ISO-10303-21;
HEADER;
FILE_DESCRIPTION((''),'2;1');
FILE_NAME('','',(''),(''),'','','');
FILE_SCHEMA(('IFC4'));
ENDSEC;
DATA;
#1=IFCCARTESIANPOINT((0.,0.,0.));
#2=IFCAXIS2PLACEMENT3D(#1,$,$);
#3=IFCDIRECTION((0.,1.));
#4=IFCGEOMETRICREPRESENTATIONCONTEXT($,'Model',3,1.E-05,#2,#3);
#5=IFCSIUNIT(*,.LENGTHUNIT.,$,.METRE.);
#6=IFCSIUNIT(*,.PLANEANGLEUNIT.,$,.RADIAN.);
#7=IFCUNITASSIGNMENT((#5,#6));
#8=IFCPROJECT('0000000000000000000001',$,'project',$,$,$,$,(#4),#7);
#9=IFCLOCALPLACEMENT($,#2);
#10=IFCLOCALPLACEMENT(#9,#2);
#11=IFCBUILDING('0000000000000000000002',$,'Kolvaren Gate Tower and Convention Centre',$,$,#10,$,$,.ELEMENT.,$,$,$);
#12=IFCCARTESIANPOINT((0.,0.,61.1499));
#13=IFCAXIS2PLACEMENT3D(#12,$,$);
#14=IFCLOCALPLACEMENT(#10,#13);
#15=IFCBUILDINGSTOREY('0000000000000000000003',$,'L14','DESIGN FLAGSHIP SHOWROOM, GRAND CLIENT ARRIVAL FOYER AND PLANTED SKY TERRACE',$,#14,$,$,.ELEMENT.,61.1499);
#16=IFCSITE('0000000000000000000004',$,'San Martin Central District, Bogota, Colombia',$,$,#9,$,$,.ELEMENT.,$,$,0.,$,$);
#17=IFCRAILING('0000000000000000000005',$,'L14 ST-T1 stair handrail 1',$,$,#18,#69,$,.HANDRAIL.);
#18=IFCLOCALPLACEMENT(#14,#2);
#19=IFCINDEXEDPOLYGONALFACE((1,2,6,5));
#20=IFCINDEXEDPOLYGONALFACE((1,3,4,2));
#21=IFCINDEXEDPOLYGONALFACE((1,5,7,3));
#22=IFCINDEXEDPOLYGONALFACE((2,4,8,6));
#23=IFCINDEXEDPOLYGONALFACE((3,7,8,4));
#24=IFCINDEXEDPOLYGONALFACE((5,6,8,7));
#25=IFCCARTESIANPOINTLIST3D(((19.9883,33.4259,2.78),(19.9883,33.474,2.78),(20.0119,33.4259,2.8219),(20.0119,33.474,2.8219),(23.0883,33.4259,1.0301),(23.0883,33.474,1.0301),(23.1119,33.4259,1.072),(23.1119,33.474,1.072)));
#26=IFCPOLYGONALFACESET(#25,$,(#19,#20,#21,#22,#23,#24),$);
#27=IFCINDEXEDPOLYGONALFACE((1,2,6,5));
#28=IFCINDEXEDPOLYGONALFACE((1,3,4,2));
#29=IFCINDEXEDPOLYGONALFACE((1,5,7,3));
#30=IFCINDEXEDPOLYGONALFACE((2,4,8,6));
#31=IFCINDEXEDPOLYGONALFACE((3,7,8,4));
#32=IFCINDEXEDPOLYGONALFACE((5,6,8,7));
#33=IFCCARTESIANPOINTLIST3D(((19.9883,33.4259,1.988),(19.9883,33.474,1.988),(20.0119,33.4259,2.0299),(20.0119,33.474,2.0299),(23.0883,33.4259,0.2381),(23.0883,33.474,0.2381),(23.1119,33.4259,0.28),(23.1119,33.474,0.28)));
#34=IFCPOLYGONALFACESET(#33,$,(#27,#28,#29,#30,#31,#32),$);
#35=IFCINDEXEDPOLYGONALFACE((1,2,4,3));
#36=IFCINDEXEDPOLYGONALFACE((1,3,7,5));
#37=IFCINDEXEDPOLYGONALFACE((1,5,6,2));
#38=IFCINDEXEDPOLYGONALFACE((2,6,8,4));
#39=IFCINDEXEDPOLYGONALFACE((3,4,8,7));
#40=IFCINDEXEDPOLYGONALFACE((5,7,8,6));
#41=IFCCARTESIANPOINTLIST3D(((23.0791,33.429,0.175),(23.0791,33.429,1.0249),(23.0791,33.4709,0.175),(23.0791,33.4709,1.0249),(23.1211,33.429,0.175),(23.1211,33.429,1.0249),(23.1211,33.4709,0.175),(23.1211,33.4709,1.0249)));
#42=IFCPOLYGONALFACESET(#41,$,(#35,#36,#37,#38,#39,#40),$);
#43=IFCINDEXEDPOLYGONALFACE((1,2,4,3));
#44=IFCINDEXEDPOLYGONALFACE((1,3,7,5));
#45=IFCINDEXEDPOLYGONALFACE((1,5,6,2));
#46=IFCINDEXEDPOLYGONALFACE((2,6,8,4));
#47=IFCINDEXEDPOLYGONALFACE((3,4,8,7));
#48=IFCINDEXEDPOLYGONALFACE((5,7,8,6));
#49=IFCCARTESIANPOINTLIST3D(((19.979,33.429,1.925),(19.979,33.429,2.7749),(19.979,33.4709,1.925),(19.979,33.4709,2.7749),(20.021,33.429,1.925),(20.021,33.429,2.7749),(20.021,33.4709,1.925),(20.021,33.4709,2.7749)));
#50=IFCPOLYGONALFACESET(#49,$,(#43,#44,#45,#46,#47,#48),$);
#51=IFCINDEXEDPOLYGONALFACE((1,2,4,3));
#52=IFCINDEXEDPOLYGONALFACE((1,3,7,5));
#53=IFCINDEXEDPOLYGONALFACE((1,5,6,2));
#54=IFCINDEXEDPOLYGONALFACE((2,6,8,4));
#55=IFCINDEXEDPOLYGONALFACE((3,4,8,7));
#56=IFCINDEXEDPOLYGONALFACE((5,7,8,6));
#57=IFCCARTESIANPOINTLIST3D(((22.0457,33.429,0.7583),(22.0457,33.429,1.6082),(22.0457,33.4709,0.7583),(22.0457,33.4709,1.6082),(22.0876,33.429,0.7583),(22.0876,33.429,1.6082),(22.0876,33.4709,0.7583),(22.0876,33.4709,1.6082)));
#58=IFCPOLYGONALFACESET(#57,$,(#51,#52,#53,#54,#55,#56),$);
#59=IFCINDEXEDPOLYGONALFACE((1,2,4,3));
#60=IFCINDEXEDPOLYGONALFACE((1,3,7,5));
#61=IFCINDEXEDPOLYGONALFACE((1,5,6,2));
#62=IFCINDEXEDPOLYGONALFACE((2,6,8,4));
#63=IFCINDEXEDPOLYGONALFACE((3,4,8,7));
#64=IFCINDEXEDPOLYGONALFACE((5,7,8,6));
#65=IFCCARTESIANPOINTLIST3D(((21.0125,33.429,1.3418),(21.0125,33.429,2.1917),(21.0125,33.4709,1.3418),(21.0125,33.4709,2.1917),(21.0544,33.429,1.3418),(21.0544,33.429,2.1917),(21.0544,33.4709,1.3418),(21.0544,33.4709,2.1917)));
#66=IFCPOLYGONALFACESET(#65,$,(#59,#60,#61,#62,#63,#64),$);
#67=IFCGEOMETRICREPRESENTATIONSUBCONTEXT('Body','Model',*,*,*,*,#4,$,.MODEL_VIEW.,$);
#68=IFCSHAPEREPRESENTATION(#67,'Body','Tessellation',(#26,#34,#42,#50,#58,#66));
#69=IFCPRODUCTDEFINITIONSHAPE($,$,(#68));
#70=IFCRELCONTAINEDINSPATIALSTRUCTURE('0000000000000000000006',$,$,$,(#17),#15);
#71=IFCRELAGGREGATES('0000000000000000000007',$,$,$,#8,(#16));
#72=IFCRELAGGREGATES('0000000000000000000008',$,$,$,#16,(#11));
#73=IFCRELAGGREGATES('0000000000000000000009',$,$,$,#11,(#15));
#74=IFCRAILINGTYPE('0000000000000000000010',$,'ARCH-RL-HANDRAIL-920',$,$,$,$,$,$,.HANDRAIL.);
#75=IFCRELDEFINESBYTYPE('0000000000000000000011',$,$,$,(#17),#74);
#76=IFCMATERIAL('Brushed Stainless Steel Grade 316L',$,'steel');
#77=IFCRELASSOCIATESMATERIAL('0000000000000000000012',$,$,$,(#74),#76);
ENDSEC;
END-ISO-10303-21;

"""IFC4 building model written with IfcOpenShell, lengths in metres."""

from ifc_helpers import new_model, si_unit, direction, frame, origin, origin_2d, place, context, subcontext, project, spatial, rectangle, extrude, material, type_object, element, save


model = new_model("IFC4")

# Units and contexts
model_context = context("Model", 3, precision=1e-05, world=origin(), true_north=direction((0.0, 1.0)))
body_context = subcontext(model_context, "Body", "Model", "MODEL_VIEW")
ifc_project = project(units=[si_unit("LENGTHUNIT", "METRE"), si_unit("PLANEANGLEUNIT", "RADIAN")], contexts=[model_context])

# Site, building, storey
site_placement = place(None, origin())
site = spatial("IfcSite", under=ifc_project, at=site_placement, Name="San Martin Central District, Bogota, Colombia", CompositionType="ELEMENT", RefElevation=0.0)
building_placement = place(site_placement, origin())
building = spatial("IfcBuilding", under=site, at=building_placement, Name="Kolvaren Gate Tower and Convention Centre", CompositionType="ELEMENT")
storey_placement = place(building_placement, frame((0.0, 0.0, 61.1499)))
storey = spatial("IfcBuildingStorey", under=building, at=storey_placement, Name="L14", Description="DESIGN FLAGSHIP SHOWROOM, GRAND CLIENT ARRIVAL FOYER AND PLANTED SKY TERRACE", CompositionType="ELEMENT", Elevation=61.1499)

# Shared definitions
ifc_material_1 = material(Name="Brushed Stainless Steel Grade 316L", Category="steel")

# Railing
railing_type_1 = type_object("IfcRailingType", Name="ARCH-RL-HANDRAIL-920", PredefinedType="HANDRAIL", material=ifc_material_1)
railing_1_placement = place(storey_placement, frame((23.1001, 33.45, 0.175)))
element("IfcRailing", 1, at=railing_1_placement, inside=storey, type_object=railing_type_1, Name="L14 ST-T1 stair handrail 1", PredefinedType="HANDRAIL", context=body_context, shape_type="SweptSolid", body=[
    extrude(rectangle(XDim=0.0481, YDim=0.0481, at=origin_2d()), frame((0.0, 0.0, 0.876), z_axis=(-0.870831, 0.0, 0.491583), x_axis=(0.0, -1.0, 0.0)), (0.0, 0.0, 1.0), 3.5598),
    extrude(rectangle(XDim=0.0481, YDim=0.0481, at=origin_2d()), frame((0.0, 0.0, 0.084), z_axis=(-0.870831, 0.0, 0.491583), x_axis=(0.0, -1.0, 0.0)), (0.0, 0.0, 1.0), 3.5598),
    extrude(rectangle(XDim=0.042, YDim=0.042, at=origin_2d()), origin(), (0.0, 0.0, 1.0), 0.8499),
    extrude(rectangle(XDim=0.042, YDim=0.042, at=origin_2d()), frame((-3.1001, 0.0, 1.75)), (0.0, 0.0, 1.0), 0.8499),
    extrude(rectangle(XDim=0.042, YDim=0.042, at=origin_2d()), frame((-1.0334, 0.0, 0.5833)), (0.0, 0.0, 1.0), 0.8499),
    extrude(rectangle(XDim=0.042, YDim=0.042, at=origin_2d()), frame((-2.0667, 0.0, 1.1667)), (0.0, 0.0, 1.0), 0.8499),
])

save(model, "model.ifc")
